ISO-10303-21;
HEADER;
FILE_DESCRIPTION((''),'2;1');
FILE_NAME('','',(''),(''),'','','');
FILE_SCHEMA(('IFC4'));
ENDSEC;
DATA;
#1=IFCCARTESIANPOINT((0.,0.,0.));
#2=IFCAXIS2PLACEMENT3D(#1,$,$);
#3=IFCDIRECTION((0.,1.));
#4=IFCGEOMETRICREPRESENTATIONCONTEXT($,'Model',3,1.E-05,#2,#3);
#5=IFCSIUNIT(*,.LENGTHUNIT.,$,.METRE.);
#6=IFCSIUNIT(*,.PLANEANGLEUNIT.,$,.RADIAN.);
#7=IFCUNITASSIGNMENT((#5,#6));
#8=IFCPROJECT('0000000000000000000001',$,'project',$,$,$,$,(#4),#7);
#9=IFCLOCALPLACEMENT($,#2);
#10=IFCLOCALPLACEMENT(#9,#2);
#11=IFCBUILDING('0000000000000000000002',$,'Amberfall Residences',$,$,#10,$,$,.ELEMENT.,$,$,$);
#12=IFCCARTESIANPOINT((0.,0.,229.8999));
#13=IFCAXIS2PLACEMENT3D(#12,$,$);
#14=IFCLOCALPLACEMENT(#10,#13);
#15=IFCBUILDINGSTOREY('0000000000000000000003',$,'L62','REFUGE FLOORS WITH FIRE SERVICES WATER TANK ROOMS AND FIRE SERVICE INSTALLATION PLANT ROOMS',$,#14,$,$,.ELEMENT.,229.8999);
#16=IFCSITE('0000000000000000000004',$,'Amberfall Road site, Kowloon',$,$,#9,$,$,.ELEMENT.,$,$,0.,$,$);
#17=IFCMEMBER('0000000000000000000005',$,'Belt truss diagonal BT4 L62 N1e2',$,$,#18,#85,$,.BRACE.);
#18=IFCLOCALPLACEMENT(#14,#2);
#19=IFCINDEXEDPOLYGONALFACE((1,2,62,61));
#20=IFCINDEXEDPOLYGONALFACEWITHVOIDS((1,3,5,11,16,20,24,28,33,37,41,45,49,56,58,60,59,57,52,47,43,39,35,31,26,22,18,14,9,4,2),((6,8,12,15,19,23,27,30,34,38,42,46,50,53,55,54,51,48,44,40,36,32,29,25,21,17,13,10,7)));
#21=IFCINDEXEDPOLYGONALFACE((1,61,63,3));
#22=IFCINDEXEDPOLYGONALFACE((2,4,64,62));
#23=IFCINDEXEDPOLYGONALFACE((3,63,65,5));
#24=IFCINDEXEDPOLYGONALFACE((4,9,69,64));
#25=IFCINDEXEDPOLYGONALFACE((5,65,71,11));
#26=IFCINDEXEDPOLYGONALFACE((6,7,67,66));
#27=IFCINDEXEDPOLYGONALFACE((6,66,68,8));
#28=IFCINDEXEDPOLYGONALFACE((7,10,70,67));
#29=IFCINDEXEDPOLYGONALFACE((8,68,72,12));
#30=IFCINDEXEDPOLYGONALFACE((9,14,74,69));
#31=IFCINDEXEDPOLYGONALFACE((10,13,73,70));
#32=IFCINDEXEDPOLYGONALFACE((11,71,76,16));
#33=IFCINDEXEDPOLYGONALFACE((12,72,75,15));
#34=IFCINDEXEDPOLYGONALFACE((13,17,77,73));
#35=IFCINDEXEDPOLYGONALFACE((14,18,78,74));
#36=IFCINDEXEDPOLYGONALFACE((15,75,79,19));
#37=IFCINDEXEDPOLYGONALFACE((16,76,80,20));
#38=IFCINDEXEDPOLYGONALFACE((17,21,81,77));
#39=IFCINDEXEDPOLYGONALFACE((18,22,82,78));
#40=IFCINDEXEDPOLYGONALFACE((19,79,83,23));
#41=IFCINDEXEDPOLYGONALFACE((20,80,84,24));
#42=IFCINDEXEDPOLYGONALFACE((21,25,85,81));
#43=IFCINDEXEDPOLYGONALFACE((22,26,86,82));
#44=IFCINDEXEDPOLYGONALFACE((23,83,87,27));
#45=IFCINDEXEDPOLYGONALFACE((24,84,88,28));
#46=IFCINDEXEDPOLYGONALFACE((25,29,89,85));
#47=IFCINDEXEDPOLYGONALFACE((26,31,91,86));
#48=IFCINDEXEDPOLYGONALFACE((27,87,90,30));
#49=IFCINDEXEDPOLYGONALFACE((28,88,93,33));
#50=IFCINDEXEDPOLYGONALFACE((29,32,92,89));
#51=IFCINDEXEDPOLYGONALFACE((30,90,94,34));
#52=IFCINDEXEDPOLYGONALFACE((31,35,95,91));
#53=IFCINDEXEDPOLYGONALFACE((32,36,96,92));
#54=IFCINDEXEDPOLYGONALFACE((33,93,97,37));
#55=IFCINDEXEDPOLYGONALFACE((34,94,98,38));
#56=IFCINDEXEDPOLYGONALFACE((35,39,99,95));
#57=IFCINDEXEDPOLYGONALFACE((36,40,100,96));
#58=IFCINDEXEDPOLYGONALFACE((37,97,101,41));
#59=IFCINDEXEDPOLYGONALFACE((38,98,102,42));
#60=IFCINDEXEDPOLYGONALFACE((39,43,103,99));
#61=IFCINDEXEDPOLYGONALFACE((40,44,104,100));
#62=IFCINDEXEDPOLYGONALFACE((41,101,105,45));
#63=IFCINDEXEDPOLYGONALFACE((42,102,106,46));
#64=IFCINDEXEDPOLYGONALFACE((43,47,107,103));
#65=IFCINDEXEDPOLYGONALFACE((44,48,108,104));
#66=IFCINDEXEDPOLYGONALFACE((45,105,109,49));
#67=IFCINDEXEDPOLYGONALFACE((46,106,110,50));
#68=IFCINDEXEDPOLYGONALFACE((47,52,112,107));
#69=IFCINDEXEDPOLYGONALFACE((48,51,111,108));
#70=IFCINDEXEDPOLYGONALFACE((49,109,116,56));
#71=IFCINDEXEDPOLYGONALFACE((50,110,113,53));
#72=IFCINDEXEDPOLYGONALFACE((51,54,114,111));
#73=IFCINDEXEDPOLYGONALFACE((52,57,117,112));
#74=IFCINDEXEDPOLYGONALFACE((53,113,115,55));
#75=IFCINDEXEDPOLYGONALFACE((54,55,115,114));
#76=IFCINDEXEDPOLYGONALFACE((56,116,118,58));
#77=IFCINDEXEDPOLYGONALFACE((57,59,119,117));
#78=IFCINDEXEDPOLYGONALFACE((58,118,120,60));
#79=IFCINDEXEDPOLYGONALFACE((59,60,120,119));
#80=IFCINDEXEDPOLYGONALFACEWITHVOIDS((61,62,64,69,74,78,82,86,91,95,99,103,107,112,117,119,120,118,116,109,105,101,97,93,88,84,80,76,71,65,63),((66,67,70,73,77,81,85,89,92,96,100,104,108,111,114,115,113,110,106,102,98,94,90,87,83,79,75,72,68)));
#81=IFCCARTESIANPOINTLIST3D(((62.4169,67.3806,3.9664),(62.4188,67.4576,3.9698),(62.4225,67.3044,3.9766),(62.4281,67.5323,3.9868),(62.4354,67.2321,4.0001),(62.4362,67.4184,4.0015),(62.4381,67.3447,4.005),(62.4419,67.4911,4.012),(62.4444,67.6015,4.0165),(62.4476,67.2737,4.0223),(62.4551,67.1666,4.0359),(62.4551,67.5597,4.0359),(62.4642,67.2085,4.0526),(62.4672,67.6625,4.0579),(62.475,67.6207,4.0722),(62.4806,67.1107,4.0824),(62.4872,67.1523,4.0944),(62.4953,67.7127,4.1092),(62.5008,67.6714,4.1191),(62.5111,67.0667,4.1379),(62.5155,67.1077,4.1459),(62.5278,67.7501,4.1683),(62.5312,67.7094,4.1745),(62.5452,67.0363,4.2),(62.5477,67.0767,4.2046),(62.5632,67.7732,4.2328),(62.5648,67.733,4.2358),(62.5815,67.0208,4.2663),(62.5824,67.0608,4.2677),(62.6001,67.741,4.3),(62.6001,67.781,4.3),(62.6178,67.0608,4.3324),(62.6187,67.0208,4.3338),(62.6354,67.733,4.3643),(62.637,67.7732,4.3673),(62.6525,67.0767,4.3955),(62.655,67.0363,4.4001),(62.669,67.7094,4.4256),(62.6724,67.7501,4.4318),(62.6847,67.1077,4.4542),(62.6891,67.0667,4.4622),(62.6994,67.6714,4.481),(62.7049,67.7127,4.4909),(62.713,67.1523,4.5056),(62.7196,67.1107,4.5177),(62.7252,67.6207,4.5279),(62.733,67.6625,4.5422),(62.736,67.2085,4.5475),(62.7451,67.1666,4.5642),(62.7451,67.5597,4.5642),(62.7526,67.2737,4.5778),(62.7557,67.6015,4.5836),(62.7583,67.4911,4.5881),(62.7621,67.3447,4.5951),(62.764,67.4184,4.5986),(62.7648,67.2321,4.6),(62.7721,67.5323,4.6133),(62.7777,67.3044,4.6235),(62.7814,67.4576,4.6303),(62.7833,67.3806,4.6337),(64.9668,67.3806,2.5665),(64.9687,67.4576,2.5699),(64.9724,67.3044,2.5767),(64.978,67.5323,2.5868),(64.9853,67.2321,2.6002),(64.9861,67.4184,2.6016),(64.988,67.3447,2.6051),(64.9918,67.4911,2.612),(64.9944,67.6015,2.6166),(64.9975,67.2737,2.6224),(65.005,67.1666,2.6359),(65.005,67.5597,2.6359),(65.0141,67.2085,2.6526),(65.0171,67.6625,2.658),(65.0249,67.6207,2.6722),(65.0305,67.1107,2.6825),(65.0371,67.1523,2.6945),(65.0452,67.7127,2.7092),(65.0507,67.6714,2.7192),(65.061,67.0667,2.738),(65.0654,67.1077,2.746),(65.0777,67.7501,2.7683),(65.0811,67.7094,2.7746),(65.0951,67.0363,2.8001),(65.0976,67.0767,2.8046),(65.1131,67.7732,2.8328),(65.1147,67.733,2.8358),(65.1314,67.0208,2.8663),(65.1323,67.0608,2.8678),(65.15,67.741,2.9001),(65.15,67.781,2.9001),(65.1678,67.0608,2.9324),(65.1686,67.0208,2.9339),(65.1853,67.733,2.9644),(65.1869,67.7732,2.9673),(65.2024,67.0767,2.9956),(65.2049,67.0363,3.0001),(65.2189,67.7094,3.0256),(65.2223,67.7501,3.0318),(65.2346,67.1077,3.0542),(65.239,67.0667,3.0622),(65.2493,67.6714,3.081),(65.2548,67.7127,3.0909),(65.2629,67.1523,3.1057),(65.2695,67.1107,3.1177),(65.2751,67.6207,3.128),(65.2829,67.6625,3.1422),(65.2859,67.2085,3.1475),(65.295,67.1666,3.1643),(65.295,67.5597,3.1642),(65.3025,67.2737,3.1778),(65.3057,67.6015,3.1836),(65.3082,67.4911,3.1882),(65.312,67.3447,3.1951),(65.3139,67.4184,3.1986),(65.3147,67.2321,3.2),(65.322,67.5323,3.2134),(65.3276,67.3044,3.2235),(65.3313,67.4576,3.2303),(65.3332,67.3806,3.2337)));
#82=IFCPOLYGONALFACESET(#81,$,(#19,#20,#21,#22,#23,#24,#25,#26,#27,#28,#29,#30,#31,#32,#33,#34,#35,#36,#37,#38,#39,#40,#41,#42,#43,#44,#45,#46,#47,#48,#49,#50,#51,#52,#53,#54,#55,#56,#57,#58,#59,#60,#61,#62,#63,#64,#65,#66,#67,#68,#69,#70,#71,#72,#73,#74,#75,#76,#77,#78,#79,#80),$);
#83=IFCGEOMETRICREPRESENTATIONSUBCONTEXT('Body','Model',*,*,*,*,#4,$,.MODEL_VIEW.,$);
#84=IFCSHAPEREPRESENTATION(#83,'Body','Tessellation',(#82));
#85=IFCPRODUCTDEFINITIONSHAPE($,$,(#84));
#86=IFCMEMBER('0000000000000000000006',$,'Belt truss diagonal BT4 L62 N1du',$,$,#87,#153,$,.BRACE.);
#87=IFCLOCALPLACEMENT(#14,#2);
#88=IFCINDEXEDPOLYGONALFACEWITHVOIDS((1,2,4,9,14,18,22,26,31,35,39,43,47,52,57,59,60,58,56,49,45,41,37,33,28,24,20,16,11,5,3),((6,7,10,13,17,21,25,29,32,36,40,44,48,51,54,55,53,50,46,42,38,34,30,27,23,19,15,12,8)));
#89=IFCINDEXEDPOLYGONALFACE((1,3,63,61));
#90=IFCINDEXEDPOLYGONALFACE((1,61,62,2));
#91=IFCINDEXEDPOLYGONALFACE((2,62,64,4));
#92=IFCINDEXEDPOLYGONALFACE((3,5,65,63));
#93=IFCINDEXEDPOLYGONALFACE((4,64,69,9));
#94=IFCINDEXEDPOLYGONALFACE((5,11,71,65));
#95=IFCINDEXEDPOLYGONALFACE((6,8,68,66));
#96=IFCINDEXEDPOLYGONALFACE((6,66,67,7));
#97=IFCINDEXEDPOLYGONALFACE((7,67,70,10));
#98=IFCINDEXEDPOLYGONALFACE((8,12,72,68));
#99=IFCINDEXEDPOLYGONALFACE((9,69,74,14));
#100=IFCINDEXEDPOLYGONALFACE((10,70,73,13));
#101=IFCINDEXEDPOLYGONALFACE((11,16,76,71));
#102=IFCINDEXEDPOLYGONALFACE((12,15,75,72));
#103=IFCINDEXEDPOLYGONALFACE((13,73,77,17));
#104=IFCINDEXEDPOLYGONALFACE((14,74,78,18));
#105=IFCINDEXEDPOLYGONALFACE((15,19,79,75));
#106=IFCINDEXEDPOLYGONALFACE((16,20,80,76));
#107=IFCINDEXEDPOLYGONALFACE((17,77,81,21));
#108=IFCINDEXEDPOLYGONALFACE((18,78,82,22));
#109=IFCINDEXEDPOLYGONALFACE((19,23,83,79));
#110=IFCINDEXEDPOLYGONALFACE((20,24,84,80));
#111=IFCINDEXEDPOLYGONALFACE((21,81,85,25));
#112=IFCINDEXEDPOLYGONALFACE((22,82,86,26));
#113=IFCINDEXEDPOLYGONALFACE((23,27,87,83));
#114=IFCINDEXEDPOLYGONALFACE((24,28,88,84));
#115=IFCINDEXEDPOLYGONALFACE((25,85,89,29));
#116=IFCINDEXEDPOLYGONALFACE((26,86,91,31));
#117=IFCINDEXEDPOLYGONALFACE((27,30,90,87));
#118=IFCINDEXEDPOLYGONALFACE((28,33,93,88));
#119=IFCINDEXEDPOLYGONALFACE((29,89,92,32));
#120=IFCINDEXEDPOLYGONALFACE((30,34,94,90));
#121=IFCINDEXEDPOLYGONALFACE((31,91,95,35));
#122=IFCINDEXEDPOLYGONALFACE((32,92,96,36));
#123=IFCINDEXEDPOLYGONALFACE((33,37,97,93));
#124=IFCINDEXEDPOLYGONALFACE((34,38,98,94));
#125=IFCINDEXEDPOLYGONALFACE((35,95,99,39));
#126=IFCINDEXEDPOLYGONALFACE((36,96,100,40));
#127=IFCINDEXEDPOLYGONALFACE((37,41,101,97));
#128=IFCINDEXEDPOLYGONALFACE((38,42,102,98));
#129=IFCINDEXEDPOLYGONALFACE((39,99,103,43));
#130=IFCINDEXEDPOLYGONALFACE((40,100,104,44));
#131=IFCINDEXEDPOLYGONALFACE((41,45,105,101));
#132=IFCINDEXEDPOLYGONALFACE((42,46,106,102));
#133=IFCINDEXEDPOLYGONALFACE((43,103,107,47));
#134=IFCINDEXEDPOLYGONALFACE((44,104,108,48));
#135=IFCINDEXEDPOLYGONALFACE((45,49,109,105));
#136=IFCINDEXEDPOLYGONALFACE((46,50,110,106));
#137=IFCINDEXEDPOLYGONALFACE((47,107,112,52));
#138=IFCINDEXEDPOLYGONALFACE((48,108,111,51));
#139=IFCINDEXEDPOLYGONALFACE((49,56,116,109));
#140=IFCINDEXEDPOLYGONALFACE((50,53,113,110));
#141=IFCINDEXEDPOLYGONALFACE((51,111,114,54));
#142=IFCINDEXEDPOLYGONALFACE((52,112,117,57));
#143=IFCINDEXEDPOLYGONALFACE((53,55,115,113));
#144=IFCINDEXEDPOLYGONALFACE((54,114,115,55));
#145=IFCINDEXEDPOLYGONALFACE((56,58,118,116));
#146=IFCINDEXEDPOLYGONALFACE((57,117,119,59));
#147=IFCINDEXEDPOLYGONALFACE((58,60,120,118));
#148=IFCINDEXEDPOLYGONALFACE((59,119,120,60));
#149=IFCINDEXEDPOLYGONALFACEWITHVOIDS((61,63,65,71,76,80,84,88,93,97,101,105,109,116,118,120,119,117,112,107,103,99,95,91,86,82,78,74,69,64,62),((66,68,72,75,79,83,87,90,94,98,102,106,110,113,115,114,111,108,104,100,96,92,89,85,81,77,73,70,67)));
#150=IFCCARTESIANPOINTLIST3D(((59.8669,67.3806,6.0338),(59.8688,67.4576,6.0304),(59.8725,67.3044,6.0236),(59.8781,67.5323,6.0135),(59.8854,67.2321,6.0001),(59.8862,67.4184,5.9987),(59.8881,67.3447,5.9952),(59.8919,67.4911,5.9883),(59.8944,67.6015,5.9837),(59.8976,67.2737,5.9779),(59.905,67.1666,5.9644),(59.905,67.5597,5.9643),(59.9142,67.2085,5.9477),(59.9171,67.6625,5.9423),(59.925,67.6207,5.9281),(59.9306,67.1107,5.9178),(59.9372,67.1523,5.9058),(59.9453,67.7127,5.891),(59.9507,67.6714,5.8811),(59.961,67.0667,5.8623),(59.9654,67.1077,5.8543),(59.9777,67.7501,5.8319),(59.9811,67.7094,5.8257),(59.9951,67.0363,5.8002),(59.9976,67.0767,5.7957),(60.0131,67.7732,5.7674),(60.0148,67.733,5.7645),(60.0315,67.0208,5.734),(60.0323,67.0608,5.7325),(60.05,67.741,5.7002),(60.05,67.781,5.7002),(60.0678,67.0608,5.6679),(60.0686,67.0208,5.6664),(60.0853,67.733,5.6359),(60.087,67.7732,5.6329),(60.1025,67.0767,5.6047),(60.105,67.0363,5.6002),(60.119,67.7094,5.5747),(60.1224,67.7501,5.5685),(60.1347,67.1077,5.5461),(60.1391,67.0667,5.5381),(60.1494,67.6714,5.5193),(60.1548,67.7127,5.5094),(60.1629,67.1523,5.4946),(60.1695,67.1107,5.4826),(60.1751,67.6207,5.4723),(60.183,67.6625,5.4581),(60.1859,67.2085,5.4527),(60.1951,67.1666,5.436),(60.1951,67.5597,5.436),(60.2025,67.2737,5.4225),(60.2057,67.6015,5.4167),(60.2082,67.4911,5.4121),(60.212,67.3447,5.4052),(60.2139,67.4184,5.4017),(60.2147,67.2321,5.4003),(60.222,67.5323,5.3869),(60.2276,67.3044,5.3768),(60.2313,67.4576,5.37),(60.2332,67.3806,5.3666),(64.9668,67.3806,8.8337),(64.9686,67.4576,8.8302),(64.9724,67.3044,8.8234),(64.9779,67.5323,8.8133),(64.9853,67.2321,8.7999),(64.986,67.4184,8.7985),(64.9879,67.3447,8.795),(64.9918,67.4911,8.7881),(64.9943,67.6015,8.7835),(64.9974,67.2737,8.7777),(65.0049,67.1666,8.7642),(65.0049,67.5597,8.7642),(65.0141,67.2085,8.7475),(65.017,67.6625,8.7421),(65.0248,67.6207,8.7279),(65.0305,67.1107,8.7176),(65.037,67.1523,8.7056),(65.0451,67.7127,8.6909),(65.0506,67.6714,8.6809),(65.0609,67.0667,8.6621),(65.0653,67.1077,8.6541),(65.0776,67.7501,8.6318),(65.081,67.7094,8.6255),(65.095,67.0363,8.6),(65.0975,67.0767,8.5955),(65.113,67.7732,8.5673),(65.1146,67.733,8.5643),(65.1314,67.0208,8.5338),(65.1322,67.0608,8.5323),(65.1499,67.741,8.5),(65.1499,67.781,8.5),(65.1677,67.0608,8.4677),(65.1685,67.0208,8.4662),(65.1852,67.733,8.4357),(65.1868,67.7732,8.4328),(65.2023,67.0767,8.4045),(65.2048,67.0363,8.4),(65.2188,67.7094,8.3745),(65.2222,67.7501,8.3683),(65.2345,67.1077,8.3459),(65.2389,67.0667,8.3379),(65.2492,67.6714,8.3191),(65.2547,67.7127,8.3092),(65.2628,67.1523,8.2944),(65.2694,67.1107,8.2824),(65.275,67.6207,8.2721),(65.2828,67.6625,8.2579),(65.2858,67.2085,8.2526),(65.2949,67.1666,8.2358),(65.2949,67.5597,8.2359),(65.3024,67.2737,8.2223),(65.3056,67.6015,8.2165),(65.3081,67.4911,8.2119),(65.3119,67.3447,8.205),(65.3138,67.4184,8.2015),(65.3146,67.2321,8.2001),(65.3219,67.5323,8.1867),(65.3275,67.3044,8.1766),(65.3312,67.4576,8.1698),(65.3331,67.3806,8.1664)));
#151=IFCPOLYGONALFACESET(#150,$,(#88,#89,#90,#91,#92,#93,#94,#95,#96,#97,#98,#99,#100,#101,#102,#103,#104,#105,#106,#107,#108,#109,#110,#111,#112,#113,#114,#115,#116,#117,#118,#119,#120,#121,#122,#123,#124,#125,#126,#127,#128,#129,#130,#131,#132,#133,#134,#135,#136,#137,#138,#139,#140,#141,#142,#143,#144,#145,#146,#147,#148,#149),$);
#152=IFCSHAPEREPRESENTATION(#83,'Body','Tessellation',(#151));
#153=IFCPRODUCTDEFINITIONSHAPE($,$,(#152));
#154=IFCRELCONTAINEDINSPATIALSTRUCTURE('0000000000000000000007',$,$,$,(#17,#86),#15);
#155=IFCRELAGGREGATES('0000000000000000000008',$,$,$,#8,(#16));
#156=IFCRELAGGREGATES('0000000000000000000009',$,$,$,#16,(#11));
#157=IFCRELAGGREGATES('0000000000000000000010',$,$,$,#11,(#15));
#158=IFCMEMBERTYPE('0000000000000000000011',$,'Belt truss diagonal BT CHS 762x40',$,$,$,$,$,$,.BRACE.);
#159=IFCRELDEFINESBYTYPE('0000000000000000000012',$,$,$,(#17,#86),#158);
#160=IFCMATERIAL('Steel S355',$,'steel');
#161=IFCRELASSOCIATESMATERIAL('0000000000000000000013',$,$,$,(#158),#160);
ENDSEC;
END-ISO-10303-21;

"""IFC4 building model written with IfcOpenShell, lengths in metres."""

from ifc_helpers import new_model, si_unit, direction, frame, origin, origin_2d, place, context, subcontext, project, spatial, hollow_circle, extrude, material, material_profile, profile_set, type_object, element, save


model = new_model("IFC4")

# Units and contexts
model_context = context("Model", 3, precision=1e-05, world=origin(), true_north=direction((0.0, 1.0)))
body_context = subcontext(model_context, "Body", "Model", "MODEL_VIEW")
ifc_project = project(units=[si_unit("LENGTHUNIT", "METRE"), si_unit("PLANEANGLEUNIT", "RADIAN")], contexts=[model_context])

# Site, building, storey
site_placement = place(None, origin())
site = spatial("IfcSite", under=ifc_project, at=site_placement, Name="Amberfall Road site, Kowloon", CompositionType="ELEMENT", RefElevation=0.0)
building_placement = place(site_placement, origin())
building = spatial("IfcBuilding", under=site, at=building_placement, Name="Amberfall Residences", CompositionType="ELEMENT")
storey_placement = place(building_placement, frame((0.0, 0.0, 229.8999)))
storey = spatial("IfcBuildingStorey", under=building, at=storey_placement, Name="L62", Description="REFUGE FLOORS WITH FIRE SERVICES WATER TANK ROOMS AND FIRE SERVICE INSTALLATION PLANT ROOMS", CompositionType="ELEMENT", Elevation=229.8999)

# Shared definitions
ifc_material_1 = material(Name="Steel S355", Category="steel")

# Members
ifc_material_profile_1 = material_profile(ifc_material_1, hollow_circle(Radius=0.3811, WallThickness=0.04, at=origin_2d()), Name="CHS 762x40")
ifc_profile_set_1 = profile_set([ifc_material_profile_1], Name="Steel S355")
member_type = type_object("IfcMemberType", Name="Belt truss diagonal BT CHS 762x40", PredefinedType="BRACE", material=ifc_profile_set_1)
member_1_placement = place(storey_placement, frame((62.6001, 67.3999, 4.3), z_axis=(0.876577, 0.0, -0.481261), x_axis=(0.0, 1.0, 0.0)))
element("IfcMember", 1, at=member_1_placement, inside=storey, type_object=member_type, Name="Belt truss diagonal BT4 L62 N1e2", PredefinedType="BRACE", context=body_context, shape_type="SweptSolid", body=[
    extrude(hollow_circle(Radius=0.3811, WallThickness=0.04, at=origin_2d()), origin(), (0.0, 0.0, 1.0), 2.9089),
])
member_2_placement = place(storey_placement, frame((60.05, 67.3999, 5.7002), z_axis=(0.876587, 0.0, 0.481244), x_axis=(0.0, 1.0, 0.0)))
element("IfcMember", 2, at=member_2_placement, inside=storey, type_object=member_type, Name="Belt truss diagonal BT4 L62 N1du", PredefinedType="BRACE", context=body_context, shape_type="SweptSolid", body=[
    extrude(hollow_circle(Radius=0.3811, WallThickness=0.04, at=origin_2d()), origin(), (0.0, 0.0, 1.0), 5.8179),
])

save(model, "model.ifc")
